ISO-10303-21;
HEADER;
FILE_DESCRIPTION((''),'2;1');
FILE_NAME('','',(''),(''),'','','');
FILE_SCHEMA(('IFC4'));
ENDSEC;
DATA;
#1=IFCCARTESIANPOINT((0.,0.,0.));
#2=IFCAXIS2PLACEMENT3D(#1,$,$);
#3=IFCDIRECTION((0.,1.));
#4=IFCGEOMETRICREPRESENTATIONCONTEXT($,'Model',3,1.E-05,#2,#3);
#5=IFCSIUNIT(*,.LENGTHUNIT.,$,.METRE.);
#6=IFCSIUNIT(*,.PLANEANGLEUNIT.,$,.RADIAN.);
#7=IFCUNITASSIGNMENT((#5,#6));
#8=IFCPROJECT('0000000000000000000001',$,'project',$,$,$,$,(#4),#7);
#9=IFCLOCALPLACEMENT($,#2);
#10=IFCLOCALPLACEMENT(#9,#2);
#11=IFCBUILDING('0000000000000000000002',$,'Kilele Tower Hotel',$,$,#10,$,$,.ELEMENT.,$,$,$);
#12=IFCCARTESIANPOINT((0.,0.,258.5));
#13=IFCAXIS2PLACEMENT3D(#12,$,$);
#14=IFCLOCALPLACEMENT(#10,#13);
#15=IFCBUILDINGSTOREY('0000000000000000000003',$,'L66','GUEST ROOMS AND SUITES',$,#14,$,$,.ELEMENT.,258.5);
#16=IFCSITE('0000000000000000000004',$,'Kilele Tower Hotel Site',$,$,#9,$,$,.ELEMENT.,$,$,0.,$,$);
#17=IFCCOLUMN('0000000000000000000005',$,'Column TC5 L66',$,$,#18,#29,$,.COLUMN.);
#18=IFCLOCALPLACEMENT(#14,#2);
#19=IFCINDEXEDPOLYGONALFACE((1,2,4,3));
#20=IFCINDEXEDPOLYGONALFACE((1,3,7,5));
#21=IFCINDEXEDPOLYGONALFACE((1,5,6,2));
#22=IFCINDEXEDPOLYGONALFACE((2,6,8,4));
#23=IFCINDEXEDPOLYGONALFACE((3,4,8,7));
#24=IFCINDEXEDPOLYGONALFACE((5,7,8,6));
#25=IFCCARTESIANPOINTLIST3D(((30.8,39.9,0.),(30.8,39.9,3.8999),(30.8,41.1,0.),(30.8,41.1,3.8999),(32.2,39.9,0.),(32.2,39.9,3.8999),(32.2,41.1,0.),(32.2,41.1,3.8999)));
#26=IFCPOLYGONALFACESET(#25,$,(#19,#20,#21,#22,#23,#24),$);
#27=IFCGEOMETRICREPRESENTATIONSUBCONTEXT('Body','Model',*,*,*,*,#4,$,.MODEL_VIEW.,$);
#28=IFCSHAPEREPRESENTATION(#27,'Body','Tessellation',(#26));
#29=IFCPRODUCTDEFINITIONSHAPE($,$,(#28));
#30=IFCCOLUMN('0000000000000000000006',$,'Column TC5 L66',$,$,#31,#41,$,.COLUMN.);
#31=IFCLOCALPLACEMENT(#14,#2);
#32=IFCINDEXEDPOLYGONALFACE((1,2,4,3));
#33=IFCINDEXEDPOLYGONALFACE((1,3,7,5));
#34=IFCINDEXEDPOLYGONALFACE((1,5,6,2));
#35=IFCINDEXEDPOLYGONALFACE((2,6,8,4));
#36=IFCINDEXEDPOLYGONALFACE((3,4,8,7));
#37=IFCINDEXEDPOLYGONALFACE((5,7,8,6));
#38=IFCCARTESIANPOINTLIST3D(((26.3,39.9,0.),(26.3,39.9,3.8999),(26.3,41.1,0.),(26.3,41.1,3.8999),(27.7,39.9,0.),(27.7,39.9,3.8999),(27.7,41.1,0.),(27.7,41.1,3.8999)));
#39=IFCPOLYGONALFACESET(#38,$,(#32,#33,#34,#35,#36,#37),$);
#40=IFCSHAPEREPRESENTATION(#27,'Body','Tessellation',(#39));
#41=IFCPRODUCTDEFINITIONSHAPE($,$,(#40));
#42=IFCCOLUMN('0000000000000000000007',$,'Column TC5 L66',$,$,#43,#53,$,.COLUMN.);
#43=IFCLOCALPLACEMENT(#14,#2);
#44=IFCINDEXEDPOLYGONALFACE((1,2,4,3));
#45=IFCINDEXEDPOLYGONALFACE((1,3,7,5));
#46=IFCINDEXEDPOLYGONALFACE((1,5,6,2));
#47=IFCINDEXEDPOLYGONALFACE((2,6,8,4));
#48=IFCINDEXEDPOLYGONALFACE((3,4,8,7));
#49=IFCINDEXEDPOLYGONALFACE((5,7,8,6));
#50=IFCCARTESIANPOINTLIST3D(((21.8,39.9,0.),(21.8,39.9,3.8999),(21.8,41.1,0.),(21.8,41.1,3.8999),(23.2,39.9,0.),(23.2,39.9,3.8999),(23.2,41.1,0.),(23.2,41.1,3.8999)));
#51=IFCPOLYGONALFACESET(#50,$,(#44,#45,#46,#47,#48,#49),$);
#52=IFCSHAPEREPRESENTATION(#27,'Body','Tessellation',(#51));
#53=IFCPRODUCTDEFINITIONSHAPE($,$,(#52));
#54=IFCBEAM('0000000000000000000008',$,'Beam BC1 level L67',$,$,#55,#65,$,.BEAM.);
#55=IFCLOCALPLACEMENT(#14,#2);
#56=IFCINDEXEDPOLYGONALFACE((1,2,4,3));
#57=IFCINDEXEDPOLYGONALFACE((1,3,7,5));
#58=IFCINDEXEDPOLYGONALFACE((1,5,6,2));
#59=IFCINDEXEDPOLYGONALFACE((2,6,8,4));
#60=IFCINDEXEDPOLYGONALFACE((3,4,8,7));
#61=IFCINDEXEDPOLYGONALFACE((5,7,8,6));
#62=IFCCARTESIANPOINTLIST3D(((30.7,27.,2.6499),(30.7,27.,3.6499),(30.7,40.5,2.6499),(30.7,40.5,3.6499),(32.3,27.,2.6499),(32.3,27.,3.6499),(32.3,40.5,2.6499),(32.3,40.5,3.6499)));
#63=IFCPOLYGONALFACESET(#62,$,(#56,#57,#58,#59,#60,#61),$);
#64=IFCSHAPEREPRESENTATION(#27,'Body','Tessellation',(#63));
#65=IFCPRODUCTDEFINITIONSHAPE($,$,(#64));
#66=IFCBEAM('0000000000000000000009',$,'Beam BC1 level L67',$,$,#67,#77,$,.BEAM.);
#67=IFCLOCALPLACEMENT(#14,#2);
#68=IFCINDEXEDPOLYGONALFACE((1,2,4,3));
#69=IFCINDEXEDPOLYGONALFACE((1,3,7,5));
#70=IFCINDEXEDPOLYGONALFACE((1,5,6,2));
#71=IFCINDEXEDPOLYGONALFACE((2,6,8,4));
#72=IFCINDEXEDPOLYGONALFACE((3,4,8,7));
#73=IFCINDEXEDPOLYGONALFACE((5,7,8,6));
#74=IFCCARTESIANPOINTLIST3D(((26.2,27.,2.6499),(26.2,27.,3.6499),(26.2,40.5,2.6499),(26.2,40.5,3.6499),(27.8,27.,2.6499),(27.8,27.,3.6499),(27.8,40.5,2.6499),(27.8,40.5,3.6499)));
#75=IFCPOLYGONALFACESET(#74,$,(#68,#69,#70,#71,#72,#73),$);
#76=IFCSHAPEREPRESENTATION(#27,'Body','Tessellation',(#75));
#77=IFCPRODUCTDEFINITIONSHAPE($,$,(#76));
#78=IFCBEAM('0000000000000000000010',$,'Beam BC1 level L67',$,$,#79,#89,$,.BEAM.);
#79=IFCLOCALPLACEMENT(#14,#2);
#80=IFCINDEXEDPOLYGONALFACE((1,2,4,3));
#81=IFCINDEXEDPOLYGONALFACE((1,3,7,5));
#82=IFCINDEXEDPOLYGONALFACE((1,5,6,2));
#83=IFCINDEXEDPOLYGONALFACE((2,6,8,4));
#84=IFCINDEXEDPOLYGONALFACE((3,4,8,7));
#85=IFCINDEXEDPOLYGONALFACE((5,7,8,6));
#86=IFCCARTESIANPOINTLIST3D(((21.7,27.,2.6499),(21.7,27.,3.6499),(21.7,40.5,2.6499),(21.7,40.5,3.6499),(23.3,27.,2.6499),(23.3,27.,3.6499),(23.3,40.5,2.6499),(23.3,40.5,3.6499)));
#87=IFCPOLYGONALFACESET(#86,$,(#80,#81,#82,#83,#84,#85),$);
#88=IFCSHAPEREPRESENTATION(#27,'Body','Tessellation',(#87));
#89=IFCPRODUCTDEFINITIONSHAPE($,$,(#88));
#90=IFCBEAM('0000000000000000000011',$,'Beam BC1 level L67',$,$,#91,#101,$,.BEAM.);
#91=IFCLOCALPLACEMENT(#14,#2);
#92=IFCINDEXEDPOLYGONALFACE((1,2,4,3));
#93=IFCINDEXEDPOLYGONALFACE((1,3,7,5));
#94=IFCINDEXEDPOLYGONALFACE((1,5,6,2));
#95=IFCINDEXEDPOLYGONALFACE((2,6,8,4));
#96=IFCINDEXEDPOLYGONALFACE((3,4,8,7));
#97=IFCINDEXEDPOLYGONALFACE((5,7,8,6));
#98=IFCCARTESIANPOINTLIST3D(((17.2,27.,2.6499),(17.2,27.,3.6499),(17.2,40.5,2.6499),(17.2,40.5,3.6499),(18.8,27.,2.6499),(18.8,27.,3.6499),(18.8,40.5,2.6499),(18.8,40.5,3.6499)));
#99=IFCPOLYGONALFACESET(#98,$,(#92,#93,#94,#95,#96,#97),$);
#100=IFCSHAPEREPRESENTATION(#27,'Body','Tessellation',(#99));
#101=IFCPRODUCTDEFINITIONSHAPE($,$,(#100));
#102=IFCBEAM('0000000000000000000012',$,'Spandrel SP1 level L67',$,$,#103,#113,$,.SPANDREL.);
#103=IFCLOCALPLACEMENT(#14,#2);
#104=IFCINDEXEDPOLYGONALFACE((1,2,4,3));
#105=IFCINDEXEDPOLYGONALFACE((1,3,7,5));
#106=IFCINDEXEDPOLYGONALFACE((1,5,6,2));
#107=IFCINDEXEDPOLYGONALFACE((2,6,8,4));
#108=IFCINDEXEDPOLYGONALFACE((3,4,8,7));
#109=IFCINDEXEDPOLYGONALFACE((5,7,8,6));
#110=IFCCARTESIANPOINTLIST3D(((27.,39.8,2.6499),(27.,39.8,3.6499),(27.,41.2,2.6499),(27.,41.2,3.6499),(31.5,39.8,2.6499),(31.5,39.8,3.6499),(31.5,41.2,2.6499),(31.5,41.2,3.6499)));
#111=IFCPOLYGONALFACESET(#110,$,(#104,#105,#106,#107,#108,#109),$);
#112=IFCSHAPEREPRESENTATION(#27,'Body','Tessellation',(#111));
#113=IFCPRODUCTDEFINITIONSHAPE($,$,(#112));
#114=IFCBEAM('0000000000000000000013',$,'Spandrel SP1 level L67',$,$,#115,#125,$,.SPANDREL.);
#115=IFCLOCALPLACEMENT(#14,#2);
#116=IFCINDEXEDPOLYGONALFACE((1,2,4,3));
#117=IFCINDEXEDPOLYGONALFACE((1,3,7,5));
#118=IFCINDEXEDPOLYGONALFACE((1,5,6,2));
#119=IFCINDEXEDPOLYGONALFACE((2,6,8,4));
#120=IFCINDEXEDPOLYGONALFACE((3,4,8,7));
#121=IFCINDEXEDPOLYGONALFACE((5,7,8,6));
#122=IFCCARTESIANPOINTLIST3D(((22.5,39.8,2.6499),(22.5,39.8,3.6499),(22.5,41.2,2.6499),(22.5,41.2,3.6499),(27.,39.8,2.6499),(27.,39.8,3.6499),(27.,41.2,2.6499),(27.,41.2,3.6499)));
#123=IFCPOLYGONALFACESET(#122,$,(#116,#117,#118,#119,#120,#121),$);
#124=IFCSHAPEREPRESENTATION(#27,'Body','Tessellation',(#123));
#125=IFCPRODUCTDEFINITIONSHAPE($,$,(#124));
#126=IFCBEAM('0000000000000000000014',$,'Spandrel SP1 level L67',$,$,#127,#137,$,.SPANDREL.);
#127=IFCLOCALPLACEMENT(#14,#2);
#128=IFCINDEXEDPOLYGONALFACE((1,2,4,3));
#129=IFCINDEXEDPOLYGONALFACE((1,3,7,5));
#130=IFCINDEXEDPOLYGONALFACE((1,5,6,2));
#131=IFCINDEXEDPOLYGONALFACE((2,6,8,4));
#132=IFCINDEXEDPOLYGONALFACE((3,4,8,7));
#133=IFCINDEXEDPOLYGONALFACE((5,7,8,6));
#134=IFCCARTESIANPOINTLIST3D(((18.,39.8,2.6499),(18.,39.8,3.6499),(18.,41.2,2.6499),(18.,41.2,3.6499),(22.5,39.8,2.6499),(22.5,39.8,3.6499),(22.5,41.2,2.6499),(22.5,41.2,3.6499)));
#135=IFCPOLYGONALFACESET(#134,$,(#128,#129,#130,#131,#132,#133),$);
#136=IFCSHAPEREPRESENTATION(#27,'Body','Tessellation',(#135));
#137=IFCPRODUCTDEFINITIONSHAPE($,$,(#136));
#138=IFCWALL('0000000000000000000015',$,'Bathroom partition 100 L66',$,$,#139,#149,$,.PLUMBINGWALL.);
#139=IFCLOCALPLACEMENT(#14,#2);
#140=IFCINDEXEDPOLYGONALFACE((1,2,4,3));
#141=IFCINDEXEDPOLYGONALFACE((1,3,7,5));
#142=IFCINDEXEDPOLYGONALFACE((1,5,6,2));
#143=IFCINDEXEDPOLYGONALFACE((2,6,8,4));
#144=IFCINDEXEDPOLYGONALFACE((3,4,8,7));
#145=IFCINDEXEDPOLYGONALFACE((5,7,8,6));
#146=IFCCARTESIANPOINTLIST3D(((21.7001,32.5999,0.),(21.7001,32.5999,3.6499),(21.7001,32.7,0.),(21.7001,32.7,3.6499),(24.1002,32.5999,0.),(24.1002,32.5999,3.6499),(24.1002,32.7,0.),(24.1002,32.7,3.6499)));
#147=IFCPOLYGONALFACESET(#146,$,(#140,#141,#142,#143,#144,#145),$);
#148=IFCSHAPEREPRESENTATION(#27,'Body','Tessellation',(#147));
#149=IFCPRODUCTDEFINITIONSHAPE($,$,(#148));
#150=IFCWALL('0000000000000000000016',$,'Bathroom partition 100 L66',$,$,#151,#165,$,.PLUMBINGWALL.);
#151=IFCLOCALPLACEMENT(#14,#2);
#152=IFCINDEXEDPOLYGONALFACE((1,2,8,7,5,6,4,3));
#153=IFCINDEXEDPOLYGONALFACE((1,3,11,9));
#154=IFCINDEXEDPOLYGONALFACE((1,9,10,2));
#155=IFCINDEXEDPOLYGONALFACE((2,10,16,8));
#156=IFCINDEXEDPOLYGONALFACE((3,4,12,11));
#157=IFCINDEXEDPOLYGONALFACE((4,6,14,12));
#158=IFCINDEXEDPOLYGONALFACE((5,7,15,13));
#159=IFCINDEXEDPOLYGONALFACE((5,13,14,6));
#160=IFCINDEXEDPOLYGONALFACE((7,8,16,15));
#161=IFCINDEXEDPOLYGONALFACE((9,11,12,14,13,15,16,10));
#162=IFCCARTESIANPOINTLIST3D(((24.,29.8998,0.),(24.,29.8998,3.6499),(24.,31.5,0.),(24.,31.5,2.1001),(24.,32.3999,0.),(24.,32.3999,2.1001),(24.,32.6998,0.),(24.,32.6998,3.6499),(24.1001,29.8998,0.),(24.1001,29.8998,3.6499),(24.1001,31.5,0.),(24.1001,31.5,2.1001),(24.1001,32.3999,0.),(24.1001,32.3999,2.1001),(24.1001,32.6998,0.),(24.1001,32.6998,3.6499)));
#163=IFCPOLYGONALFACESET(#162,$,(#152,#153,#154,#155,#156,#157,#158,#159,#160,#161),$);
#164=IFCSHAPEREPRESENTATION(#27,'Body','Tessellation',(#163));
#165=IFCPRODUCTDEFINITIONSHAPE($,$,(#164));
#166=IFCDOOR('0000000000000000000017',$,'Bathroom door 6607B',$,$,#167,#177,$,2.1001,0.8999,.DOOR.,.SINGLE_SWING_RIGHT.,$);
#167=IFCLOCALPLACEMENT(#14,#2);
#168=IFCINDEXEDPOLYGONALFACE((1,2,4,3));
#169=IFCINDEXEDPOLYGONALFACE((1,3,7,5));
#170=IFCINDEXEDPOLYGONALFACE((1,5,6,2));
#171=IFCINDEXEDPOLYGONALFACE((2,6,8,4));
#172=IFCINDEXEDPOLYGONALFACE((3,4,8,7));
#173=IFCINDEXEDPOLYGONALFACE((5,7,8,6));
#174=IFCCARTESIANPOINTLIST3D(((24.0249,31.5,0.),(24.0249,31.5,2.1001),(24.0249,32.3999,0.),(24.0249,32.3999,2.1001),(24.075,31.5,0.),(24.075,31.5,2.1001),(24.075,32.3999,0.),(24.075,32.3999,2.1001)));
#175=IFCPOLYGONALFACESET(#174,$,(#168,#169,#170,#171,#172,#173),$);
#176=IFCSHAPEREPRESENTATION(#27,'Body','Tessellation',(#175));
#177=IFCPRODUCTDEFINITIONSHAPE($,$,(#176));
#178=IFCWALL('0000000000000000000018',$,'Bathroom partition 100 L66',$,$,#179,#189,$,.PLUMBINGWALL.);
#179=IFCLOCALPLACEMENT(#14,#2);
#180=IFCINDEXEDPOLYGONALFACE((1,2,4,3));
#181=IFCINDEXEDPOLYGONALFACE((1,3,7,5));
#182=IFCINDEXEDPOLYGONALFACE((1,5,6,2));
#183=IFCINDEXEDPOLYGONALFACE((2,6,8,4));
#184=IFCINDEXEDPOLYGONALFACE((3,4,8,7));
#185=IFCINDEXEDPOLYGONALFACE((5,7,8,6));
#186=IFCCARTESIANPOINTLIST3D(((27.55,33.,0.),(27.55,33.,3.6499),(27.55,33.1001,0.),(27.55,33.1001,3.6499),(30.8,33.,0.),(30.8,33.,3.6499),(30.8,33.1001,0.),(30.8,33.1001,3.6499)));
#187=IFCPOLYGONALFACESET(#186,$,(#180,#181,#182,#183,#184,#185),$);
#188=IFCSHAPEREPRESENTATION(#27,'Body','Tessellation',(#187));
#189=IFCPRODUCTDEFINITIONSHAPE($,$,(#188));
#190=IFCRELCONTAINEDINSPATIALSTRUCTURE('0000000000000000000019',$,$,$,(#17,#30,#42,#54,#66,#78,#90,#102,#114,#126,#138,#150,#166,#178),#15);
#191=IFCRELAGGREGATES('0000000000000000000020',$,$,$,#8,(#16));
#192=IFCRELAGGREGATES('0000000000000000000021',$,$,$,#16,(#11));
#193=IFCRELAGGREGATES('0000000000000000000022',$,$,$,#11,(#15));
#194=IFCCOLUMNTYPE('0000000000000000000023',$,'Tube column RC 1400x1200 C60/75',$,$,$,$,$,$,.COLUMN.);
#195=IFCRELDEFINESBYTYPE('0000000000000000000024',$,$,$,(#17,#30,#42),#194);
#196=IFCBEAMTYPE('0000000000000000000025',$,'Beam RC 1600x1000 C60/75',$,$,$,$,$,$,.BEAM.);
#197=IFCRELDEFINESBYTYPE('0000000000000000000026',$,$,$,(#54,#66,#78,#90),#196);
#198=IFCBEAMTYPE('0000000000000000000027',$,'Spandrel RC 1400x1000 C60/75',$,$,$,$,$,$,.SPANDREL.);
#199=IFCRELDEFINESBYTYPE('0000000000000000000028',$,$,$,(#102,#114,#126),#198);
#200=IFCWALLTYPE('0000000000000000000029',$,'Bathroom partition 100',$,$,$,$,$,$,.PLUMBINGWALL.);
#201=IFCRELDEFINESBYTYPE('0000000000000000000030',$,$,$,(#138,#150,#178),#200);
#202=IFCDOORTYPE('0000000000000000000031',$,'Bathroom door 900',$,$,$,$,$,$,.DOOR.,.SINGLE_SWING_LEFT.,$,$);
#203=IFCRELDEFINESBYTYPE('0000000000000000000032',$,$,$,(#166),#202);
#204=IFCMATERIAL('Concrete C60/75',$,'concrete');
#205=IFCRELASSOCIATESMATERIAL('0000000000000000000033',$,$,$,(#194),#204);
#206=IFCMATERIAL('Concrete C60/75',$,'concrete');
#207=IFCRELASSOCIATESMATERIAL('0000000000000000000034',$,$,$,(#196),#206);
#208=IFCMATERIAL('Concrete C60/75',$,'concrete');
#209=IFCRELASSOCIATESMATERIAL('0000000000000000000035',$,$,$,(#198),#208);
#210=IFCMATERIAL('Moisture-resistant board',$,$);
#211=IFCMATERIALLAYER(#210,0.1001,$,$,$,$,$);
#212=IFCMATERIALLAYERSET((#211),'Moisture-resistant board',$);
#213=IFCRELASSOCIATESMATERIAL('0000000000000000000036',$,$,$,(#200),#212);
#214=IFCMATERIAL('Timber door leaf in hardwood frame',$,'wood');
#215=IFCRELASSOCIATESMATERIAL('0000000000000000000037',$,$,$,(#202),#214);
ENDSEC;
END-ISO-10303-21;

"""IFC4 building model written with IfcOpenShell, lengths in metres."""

from ifc_helpers import new_model, si_unit, direction, frame, frame_2d, origin, origin_2d, place, context, subcontext, project, spatial, rectangle, extrude, material, layer, layer_set, material_profile, profile_set, type_object, element, fill, save


model = new_model("IFC4")

# Units and contexts
model_context = context("Model", 3, precision=1e-05, world=origin(), true_north=direction((0.0, 1.0)))
body_context = subcontext(model_context, "Body", "Model", "MODEL_VIEW")
ifc_project = project(units=[si_unit("LENGTHUNIT", "METRE"), si_unit("PLANEANGLEUNIT", "RADIAN")], contexts=[model_context])

# Site, building, storey
site_placement = place(None, origin())
site = spatial("IfcSite", under=ifc_project, at=site_placement, Name="Kilele Tower Hotel Site", CompositionType="ELEMENT", RefElevation=0.0)
building_placement = place(site_placement, origin())
building = spatial("IfcBuilding", under=site, at=building_placement, Name="Kilele Tower Hotel", CompositionType="ELEMENT")
storey_placement = place(building_placement, frame((0.0, 0.0, 258.5)))
storey = spatial("IfcBuildingStorey", under=building, at=storey_placement, Name="L66", Description="GUEST ROOMS AND SUITES", CompositionType="ELEMENT", Elevation=258.5)

# Columns
ifc_material_1 = material(Name="Concrete C60/75", Category="concrete")
ifc_material_profile_1 = material_profile(ifc_material_1, rectangle(XDim=1.3999, YDim=1.2, at=origin_2d()))
ifc_profile_set_1 = profile_set([ifc_material_profile_1], Name="Concrete C60/75")
column_type = type_object("IfcColumnType", Name="Tube column RC 1400x1200 C60/75", PredefinedType="COLUMN", material=ifc_profile_set_1)
for number, where, z_axis, x_axis, name in (
    (1, (31.5, 40.5, 0.0), (0.0, 0.0, 1.0), (1.0, 0.0, 0.0), "Column TC5 L66"),
    (2, (27.0, 40.5, 0.0), (0.0, 0.0, 1.0), (1.0, 0.0, 0.0), "Column TC5 L66"),
    (3, (22.5, 40.5, 0.0), (0.0, 0.0, 1.0), (1.0, 0.0, 0.0), "Column TC5 L66"),
):
    element("IfcColumn", number, at=place(storey_placement, frame(where, z_axis=z_axis, x_axis=x_axis)), inside=storey, type_object=column_type, Name=name, PredefinedType="COLUMN", context=body_context, shape_type="SweptSolid", body=[
        extrude(rectangle(XDim=1.3999, YDim=1.2, at=origin_2d()), origin(), (0.0, 0.0, 1.0), 3.8999),
    ])

# Beams
ifc_material_2 = material(Name="Concrete C60/75", Category="concrete")
ifc_material_profile_2 = material_profile(ifc_material_2, rectangle(XDim=1.6001, YDim=1.0, at=origin_2d()))
ifc_profile_set_2 = profile_set([ifc_material_profile_2], Name="Concrete C60/75")
beam_type_1 = type_object("IfcBeamType", Name="Beam RC 1600x1000 C60/75", PredefinedType="BEAM", material=ifc_profile_set_2)
for number, where, z_axis, x_axis, name in (
    (4, (31.5, 40.5, 3.1499), (0.0, -1.0, 0.0), (1.0, 0.0, 0.0), "Beam BC1 level L67"),
    (5, (27.0, 40.5, 3.1499), (0.0, -1.0, 0.0), (1.0, 0.0, 0.0), "Beam BC1 level L67"),
    (6, (22.5, 40.5, 3.1499), (0.0, -1.0, 0.0), (1.0, 0.0, 0.0), "Beam BC1 level L67"),
    (7, (18.0, 40.5, 3.1499), (0.0, -1.0, 0.0), (1.0, 0.0, 0.0), "Beam BC1 level L67"),
):
    element("IfcBeam", number, at=place(storey_placement, frame(where, z_axis=z_axis, x_axis=x_axis)), inside=storey, type_object=beam_type_1, Name=name, PredefinedType="BEAM", context=body_context, shape_type="SweptSolid", body=[
        extrude(rectangle(XDim=1.6001, YDim=1.0, at=origin_2d()), origin(), (0.0, 0.0, 1.0), 13.5),
    ])
ifc_material_3 = material(Name="Concrete C60/75", Category="concrete")
ifc_material_profile_3 = material_profile(ifc_material_3, rectangle(XDim=1.3999, YDim=1.0, at=origin_2d()))
ifc_profile_set_3 = profile_set([ifc_material_profile_3], Name="Concrete C60/75")
beam_type_2 = type_object("IfcBeamType", Name="Spandrel RC 1400x1000 C60/75", PredefinedType="SPANDREL", material=ifc_profile_set_3)
for number, where, z_axis, x_axis, name in (
    (8, (31.5, 40.5, 3.1499), (-1.0, 0.0, 0.0), (0.0, -1.0, 0.0), "Spandrel SP1 level L67"),
    (9, (27.0, 40.5, 3.1499), (-1.0, 0.0, 0.0), (0.0, -1.0, 0.0), "Spandrel SP1 level L67"),
    (10, (22.5, 40.5, 3.1499), (-1.0, 0.0, 0.0), (0.0, -1.0, 0.0), "Spandrel SP1 level L67"),
):
    element("IfcBeam", number, at=place(storey_placement, frame(where, z_axis=z_axis, x_axis=x_axis)), inside=storey, type_object=beam_type_2, Name=name, PredefinedType="SPANDREL", context=body_context, shape_type="SweptSolid", body=[
        extrude(rectangle(XDim=1.3999, YDim=1.0, at=origin_2d()), origin(), (0.0, 0.0, 1.0), 4.5),
    ])

# Wall
ifc_material_4 = material(Name="Moisture-resistant board")
ifc_layer_1 = layer(ifc_material_4, 0.1001)
ifc_layer_set_1 = layer_set([ifc_layer_1], Name="Moisture-resistant board")
wall_type_1 = type_object("IfcWallType", Name="Bathroom partition 100", PredefinedType="PLUMBINGWALL", material=ifc_layer_set_1)
wall_1_placement = place(storey_placement, frame((21.7, 32.6499, 0.0), z_axis=(0.0, 0.0, 1.0), x_axis=(1.0, 0.0, 0.0)))
element("IfcWall", 11, at=wall_1_placement, inside=storey, type_object=wall_type_1, Name="Bathroom partition 100 L66", PredefinedType="PLUMBINGWALL", context=body_context, shape_type="SweptSolid", body=[
    extrude(rectangle(XDim=2.4001, YDim=0.1001, at=frame_2d((1.2002, 0.0))), origin(), (0.0, 0.0, 1.0), 3.6499),
])

# Wall, opening, door
wall_2_placement = place(storey_placement, frame((24.05, 29.8999, 0.0), z_axis=(0.0, 0.0, 1.0), x_axis=(0.0, 1.0, 0.0)))
wall_2 = element("IfcWall", 12, at=wall_2_placement, inside=storey, type_object=wall_type_1, Name="Bathroom partition 100 L66", PredefinedType="PLUMBINGWALL", context=body_context, shape_type="SweptSolid", body=[
    extrude(rectangle(XDim=2.8, YDim=0.1001, at=frame_2d((1.3999, 0.0))), origin(), (0.0, 0.0, 1.0), 3.6499),
])
opening_1_placement = place(wall_2_placement, frame((2.5, 0.0, 0.0), z_axis=(0.0, 0.0, 1.0), x_axis=(-1.0, 0.0, 0.0)))
opening_1 = element("IfcOpeningElement", 13, at=opening_1_placement, cuts=wall_2, PredefinedType="OPENING", context=body_context, shape_type="SweptSolid", body=[
    extrude(rectangle(XDim=0.8999, YDim=2.1001, at=frame_2d((0.45, 1.05))), frame((0.0, 0.0601, 0.0), z_axis=(0.0, -1.0, 0.0), x_axis=(1.0, 0.0, 0.0)), (0.0, 0.0, 1.0), 0.1201),
])
ifc_material_5 = material(Name="Timber door leaf in hardwood frame", Category="wood")
door_type_1 = type_object("IfcDoorType", Name="Bathroom door 900", OperationType="SINGLE_SWING_LEFT", PredefinedType="DOOR", material=ifc_material_5)
door_1_placement = place(opening_1_placement, origin())
door_1 = element("IfcDoor", 14, at=door_1_placement, inside=storey, type_object=door_type_1, Name="Bathroom door 6607B", OperationType="SINGLE_SWING_RIGHT", OverallHeight=2.1001, OverallWidth=0.8999, PredefinedType="DOOR", context=body_context, shape_type="SweptSolid", body=[
    extrude(rectangle(XDim=0.8999, YDim=2.1001, at=frame_2d((0.45, 1.05))), frame((0.0, 0.0249, 0.0), z_axis=(0.0, -1.0, 0.0), x_axis=(1.0, 0.0, 0.0)), (0.0, 0.0, 1.0), 0.05),
])
fill(opening_1, door_1)

# Wall
wall_3_placement = place(storey_placement, frame((27.55, 33.05, 0.0), z_axis=(0.0, 0.0, 1.0), x_axis=(1.0, 0.0, 0.0)))
element("IfcWall", 15, at=wall_3_placement, inside=storey, type_object=wall_type_1, Name="Bathroom partition 100 L66", PredefinedType="PLUMBINGWALL", context=body_context, shape_type="SweptSolid", body=[
    extrude(rectangle(XDim=3.25, YDim=0.1001, at=frame_2d((1.625, 0.0))), origin(), (0.0, 0.0, 1.0), 3.6499),
])

save(model, "model.ifc")
